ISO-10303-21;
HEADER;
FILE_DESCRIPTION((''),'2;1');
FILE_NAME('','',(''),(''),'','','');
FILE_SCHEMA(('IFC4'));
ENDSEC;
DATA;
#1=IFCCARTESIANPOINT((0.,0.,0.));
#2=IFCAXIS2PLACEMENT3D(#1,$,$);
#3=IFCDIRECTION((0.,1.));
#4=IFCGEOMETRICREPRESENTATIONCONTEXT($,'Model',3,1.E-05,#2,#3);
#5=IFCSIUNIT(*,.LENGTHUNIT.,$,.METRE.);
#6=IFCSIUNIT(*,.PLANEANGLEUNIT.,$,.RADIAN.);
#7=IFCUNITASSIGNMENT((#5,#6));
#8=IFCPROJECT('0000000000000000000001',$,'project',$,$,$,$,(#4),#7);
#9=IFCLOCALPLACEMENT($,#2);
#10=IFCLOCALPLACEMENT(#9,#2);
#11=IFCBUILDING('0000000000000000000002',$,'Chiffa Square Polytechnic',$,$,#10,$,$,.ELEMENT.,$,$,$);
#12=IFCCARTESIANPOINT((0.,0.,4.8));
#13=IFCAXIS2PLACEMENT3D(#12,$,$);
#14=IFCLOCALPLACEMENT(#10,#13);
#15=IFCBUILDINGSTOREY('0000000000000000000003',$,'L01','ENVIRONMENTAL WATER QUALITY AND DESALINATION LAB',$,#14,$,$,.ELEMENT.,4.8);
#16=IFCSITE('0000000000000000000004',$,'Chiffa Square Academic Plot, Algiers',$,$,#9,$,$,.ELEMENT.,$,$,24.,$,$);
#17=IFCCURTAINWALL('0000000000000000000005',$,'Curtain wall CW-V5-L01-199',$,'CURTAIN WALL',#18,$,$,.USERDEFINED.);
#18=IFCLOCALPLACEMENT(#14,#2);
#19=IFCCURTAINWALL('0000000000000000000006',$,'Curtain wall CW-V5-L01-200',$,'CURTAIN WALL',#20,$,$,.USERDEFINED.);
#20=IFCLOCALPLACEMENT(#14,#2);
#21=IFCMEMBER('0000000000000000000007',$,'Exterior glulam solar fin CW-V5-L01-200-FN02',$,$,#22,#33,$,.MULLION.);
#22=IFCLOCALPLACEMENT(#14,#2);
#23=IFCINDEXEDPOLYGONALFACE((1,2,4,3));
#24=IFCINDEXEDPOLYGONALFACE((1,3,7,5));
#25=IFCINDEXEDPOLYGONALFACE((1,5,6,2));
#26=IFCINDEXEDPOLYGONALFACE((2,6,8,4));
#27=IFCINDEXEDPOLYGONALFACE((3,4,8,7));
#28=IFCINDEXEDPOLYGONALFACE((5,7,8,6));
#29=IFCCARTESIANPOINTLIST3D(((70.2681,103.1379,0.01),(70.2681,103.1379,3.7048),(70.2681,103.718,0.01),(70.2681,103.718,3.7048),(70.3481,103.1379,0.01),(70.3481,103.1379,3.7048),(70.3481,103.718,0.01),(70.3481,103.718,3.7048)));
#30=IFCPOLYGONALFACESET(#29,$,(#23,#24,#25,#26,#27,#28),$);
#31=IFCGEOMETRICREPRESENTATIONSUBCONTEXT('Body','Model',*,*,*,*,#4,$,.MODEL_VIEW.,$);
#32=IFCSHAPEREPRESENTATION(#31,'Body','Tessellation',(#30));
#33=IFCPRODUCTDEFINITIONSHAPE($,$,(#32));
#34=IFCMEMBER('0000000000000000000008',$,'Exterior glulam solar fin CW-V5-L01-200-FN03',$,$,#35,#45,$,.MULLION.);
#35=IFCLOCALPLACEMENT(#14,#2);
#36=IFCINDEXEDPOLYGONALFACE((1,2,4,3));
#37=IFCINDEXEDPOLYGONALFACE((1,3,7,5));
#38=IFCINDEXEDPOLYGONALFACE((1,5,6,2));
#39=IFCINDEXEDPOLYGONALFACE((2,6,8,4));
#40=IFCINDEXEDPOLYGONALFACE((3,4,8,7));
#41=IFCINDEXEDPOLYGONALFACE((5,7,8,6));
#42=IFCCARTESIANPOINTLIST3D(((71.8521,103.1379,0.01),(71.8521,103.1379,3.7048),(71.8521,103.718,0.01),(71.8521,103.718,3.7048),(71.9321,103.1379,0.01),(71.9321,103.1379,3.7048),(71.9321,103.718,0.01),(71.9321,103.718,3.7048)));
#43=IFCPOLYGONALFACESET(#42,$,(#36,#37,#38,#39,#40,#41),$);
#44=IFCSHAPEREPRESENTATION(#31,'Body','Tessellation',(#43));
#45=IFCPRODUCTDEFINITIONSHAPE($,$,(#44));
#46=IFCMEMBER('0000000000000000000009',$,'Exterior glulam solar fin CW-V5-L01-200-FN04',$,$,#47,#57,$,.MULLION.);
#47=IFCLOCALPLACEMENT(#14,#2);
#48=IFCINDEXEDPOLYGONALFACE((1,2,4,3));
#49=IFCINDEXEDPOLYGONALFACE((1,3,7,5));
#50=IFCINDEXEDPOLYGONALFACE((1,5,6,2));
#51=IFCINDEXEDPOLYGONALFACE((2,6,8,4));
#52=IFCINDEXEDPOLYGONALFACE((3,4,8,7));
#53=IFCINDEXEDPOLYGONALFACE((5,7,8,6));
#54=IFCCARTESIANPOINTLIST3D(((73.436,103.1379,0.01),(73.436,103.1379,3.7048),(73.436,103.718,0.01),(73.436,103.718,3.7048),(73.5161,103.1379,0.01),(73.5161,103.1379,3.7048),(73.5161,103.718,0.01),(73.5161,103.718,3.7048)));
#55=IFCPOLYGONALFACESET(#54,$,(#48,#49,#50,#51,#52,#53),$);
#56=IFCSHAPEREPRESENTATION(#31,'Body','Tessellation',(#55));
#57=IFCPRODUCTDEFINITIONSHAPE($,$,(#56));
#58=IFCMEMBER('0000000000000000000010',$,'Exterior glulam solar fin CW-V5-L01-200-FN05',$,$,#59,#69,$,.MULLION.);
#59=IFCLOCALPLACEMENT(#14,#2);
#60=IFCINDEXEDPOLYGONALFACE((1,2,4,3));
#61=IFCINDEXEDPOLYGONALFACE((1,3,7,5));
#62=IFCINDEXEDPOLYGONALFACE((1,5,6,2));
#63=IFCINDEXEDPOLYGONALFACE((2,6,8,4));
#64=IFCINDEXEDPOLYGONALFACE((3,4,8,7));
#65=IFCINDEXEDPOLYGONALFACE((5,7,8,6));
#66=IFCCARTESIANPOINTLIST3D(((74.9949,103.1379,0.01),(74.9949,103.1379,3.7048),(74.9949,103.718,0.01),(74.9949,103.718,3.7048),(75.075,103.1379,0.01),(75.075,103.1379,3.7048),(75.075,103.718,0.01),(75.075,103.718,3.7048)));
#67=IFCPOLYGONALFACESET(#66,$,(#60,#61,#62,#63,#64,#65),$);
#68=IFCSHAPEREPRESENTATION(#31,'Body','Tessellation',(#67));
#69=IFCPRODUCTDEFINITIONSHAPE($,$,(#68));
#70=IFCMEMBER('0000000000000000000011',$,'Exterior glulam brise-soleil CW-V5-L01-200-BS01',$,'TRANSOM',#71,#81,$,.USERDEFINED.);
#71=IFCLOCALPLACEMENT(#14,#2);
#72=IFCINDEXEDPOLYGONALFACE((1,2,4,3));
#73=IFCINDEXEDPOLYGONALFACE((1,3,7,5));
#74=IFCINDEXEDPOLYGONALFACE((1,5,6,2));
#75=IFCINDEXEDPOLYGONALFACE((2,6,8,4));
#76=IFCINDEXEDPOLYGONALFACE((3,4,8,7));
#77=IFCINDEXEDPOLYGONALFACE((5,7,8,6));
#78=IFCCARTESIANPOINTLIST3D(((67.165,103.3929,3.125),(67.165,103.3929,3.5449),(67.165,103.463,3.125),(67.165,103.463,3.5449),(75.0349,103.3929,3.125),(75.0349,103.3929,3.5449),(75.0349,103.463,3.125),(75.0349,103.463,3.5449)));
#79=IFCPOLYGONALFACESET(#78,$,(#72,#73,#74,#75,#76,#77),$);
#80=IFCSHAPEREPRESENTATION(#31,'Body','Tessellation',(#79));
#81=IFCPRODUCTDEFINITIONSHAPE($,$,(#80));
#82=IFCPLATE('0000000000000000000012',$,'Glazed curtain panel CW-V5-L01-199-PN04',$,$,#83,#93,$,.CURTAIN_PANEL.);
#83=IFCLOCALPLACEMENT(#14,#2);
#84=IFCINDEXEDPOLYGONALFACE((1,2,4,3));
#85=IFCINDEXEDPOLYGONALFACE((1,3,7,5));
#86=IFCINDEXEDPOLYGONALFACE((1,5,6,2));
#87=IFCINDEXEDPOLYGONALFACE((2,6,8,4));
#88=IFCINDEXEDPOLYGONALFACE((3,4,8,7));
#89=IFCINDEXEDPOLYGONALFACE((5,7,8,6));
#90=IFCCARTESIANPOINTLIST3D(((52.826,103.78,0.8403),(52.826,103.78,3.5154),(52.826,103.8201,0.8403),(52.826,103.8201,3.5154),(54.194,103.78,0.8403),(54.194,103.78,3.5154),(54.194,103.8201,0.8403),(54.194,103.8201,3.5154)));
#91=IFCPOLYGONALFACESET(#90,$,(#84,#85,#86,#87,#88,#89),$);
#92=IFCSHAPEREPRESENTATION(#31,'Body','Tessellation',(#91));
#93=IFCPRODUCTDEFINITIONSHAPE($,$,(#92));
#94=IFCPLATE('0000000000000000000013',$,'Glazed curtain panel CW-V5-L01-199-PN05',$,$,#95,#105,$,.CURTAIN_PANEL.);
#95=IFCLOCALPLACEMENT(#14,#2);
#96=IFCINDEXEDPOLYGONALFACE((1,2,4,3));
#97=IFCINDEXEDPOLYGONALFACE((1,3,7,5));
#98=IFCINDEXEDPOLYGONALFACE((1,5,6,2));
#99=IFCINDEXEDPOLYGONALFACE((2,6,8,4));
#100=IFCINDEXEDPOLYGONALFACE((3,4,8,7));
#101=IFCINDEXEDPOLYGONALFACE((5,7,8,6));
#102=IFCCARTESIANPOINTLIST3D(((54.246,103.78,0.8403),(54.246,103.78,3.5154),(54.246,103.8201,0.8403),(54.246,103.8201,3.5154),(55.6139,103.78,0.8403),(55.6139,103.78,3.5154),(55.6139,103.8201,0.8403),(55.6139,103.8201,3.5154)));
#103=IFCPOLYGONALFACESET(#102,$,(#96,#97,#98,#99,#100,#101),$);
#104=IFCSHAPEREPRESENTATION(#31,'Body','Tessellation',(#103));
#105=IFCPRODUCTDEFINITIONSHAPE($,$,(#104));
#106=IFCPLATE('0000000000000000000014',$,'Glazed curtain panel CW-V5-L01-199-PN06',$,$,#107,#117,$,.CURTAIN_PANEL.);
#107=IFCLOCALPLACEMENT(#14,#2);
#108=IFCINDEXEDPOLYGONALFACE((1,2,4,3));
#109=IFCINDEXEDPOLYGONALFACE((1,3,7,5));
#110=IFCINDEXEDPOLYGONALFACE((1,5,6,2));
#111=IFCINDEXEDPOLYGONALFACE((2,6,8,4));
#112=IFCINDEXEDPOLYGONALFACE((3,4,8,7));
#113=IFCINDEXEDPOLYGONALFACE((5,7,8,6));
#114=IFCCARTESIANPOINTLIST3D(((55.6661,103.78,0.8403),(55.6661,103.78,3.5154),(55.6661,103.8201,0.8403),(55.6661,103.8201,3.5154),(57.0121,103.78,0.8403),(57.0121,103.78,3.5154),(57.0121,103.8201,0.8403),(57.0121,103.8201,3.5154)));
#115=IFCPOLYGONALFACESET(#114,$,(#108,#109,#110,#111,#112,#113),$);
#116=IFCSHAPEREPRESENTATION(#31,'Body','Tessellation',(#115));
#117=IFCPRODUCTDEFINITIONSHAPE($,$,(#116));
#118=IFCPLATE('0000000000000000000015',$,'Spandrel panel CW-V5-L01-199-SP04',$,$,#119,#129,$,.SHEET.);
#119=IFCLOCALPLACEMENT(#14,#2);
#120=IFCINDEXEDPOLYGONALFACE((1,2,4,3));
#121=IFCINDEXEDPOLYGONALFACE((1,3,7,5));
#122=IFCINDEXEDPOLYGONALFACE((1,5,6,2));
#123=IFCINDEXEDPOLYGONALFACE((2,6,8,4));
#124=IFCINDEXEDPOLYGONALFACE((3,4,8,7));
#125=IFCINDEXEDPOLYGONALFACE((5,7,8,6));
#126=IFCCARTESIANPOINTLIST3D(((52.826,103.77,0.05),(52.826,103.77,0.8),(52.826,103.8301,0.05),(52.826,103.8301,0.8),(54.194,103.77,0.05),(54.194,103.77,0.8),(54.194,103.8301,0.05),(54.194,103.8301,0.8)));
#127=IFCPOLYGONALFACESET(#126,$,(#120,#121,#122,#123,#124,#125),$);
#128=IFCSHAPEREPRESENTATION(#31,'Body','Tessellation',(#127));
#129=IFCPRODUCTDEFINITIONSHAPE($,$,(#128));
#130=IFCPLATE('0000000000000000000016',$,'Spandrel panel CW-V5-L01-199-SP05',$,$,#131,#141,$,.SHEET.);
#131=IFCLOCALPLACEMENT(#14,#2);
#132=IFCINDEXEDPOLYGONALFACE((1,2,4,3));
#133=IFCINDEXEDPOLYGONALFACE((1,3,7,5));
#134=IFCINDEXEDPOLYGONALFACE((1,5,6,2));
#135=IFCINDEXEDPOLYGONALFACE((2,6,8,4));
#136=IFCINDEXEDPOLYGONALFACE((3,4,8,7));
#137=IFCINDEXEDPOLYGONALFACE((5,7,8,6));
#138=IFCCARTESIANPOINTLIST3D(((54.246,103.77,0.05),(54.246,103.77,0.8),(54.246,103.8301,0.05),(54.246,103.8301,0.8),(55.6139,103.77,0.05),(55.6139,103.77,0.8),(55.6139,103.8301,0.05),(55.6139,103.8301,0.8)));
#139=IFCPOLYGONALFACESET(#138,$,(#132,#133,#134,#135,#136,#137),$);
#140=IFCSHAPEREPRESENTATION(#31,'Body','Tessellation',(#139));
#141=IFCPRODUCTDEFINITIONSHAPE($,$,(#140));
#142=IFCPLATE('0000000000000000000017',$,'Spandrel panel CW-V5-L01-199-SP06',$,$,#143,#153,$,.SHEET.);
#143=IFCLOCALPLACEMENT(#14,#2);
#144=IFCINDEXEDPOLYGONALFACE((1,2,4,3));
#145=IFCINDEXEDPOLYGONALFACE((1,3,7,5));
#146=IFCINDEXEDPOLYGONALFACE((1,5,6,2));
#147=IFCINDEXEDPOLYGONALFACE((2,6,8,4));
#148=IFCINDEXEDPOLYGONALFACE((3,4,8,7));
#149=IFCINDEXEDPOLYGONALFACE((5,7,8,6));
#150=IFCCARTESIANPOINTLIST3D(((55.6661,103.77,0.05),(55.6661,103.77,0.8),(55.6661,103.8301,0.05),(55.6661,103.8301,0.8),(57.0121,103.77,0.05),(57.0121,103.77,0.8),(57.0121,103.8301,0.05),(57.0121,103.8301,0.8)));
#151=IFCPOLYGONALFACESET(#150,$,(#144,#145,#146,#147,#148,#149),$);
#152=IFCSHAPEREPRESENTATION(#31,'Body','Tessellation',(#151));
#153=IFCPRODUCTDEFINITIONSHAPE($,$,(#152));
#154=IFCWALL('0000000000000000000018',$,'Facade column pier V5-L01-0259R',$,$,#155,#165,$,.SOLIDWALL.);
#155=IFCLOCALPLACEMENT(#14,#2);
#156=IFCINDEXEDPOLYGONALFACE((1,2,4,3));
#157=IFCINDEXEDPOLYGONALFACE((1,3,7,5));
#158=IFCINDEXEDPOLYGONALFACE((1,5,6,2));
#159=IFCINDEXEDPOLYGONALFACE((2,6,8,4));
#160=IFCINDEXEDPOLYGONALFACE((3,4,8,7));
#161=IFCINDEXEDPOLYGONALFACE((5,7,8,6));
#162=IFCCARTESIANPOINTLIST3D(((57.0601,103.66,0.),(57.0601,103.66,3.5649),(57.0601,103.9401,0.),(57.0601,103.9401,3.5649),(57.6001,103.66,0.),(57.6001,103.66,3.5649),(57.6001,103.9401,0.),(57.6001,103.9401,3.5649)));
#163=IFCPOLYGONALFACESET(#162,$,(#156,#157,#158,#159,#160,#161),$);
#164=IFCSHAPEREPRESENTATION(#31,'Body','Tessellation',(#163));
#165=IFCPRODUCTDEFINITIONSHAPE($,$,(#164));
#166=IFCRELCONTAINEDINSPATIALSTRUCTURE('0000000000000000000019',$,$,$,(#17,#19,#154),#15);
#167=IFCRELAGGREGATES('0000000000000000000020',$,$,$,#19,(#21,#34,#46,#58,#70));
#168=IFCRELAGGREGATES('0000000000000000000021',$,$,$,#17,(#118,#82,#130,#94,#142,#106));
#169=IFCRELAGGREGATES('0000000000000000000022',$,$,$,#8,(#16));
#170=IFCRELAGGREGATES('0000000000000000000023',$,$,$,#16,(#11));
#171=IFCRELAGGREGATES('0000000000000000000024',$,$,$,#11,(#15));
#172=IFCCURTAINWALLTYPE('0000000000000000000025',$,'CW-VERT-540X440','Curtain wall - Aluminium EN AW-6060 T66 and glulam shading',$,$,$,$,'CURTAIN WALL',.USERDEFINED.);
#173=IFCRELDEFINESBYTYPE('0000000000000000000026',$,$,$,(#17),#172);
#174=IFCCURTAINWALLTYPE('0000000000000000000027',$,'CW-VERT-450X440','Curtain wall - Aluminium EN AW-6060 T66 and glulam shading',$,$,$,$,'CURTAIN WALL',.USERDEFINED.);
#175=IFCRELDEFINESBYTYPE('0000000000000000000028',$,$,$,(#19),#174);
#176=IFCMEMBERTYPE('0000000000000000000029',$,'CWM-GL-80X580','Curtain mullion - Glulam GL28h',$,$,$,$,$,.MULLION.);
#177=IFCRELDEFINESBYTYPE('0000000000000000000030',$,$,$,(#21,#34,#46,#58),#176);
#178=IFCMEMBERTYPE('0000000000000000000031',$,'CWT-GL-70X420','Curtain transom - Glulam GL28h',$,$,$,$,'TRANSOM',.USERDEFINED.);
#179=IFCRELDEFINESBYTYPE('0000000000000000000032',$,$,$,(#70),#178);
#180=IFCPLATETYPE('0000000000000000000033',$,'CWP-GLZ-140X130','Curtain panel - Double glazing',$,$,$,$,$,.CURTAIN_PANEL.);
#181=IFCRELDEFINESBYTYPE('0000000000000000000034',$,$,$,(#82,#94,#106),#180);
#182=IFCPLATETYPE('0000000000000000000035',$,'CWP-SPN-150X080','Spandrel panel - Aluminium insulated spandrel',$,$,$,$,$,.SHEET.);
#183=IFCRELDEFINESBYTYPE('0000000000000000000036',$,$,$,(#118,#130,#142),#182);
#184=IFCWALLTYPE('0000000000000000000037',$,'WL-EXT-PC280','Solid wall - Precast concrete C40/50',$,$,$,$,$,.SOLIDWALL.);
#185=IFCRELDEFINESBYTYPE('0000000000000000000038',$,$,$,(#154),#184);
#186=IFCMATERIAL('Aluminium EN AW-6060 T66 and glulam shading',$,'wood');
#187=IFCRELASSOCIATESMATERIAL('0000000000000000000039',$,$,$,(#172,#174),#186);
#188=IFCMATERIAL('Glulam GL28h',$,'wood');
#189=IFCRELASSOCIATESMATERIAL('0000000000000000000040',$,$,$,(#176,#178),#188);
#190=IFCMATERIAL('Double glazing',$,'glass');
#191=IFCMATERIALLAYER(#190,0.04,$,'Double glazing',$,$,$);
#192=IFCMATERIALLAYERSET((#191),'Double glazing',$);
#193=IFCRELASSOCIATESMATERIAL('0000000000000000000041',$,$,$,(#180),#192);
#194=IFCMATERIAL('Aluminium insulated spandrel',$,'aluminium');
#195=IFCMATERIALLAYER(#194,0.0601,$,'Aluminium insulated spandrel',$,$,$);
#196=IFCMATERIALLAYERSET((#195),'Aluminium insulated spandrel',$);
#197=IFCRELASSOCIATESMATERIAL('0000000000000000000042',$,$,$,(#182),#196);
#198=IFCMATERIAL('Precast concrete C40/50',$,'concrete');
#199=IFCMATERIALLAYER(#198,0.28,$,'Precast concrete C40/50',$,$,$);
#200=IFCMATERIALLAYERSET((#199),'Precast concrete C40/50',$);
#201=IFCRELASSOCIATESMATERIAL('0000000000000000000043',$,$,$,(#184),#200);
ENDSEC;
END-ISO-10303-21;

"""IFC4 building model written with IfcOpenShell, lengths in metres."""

from ifc_helpers import new_model, si_unit, direction, frame, frame_2d, origin, origin_2d, place, context, subcontext, project, spatial, rectangle, extrude, material, layer, layer_set, material_profile, profile_set, type_object, element, aggregate, save


model = new_model("IFC4")

# Units and contexts
model_context = context("Model", 3, precision=1e-05, world=origin(), true_north=direction((0.0, 1.0)))
body_context = subcontext(model_context, "Body", "Model", "MODEL_VIEW")
ifc_project = project(units=[si_unit("LENGTHUNIT", "METRE"), si_unit("PLANEANGLEUNIT", "RADIAN")], contexts=[model_context])

# Site, building, storey
site_placement = place(None, origin())
site = spatial("IfcSite", under=ifc_project, at=site_placement, Name="Chiffa Square Academic Plot, Algiers", CompositionType="ELEMENT", RefElevation=24.0)
building_placement = place(site_placement, origin())
building = spatial("IfcBuilding", under=site, at=building_placement, Name="Chiffa Square Polytechnic", CompositionType="ELEMENT")
storey_placement = place(building_placement, frame((0.0, 0.0, 4.8)))
storey = spatial("IfcBuildingStorey", under=building, at=storey_placement, Name="L01", Description="ENVIRONMENTAL WATER QUALITY AND DESALINATION LAB", CompositionType="ELEMENT", Elevation=4.8)

# Curtain walls, members
ifc_material_1 = material(Name="Aluminium EN AW-6060 T66 and glulam shading", Category="wood")
curtain_wall_type_1 = type_object("IfcCurtainWallType", Name="CW-VERT-540X440", Description="Curtain wall - Aluminium EN AW-6060 T66 and glulam shading", ElementType="CURTAIN WALL", PredefinedType="USERDEFINED", material=ifc_material_1)
curtain_wall_1_placement = place(storey_placement, origin())
curtain_wall_1 = element("IfcCurtainWall", 1, at=curtain_wall_1_placement, inside=storey, type_object=curtain_wall_type_1, Name="Curtain wall CW-V5-L01-199", ObjectType="CURTAIN WALL", PredefinedType="USERDEFINED")
ifc_material_2 = material(Name="Glulam GL28h", Category="wood")
ifc_material_profile_1 = material_profile(ifc_material_2, rectangle(XDim=0.0801, YDim=0.5801, at=origin_2d()), Name="GL28h 80x580")
ifc_profile_set_1 = profile_set([ifc_material_profile_1], Name="Glulam GL28h")
member_type_1 = type_object("IfcMemberType", Name="CWM-GL-80X580", Description="Curtain mullion - Glulam GL28h", PredefinedType="MULLION", material=ifc_profile_set_1)
curtain_wall_type_2 = type_object("IfcCurtainWallType", Name="CW-VERT-450X440", Description="Curtain wall - Aluminium EN AW-6060 T66 and glulam shading", ElementType="CURTAIN WALL", PredefinedType="USERDEFINED", material=ifc_material_1)
curtain_wall_2_placement = place(storey_placement, origin())
curtain_wall_2 = element("IfcCurtainWall", 2, at=curtain_wall_2_placement, inside=storey, type_object=curtain_wall_type_2, Name="Curtain wall CW-V5-L01-200", ObjectType="CURTAIN WALL", PredefinedType="USERDEFINED")
member_1_placement = place(storey_placement, frame((70.3081, 103.428, 0.01), z_axis=(0.0, 0.0, 1.0), x_axis=(1.0, 0.0, 0.0)))
member_1 = element("IfcMember", 3, at=member_1_placement, type_object=member_type_1, Name="Exterior glulam solar fin CW-V5-L01-200-FN02", PredefinedType="MULLION", context=body_context, shape_type="SweptSolid", body=[
    extrude(rectangle(XDim=0.0801, YDim=0.5801, at=origin_2d()), origin(), (0.0, 0.0, 1.0), 3.6948),
])
member_2_placement = place(storey_placement, frame((71.8921, 103.428, 0.01), z_axis=(0.0, 0.0, 1.0), x_axis=(1.0, 0.0, 0.0)))
member_2 = element("IfcMember", 4, at=member_2_placement, type_object=member_type_1, Name="Exterior glulam solar fin CW-V5-L01-200-FN03", PredefinedType="MULLION", context=body_context, shape_type="SweptSolid", body=[
    extrude(rectangle(XDim=0.0801, YDim=0.5801, at=origin_2d()), origin(), (0.0, 0.0, 1.0), 3.6948),
])
member_3_placement = place(storey_placement, frame((73.4761, 103.428, 0.01), z_axis=(0.0, 0.0, 1.0), x_axis=(1.0, 0.0, 0.0)))
member_3 = element("IfcMember", 5, at=member_3_placement, type_object=member_type_1, Name="Exterior glulam solar fin CW-V5-L01-200-FN04", PredefinedType="MULLION", context=body_context, shape_type="SweptSolid", body=[
    extrude(rectangle(XDim=0.0801, YDim=0.5801, at=origin_2d()), origin(), (0.0, 0.0, 1.0), 3.6948),
])
member_4_placement = place(storey_placement, frame((75.0349, 103.428, 0.01), z_axis=(0.0, 0.0, 1.0), x_axis=(1.0, 0.0, 0.0)))
member_4 = element("IfcMember", 6, at=member_4_placement, type_object=member_type_1, Name="Exterior glulam solar fin CW-V5-L01-200-FN05", PredefinedType="MULLION", context=body_context, shape_type="SweptSolid", body=[
    extrude(rectangle(XDim=0.0801, YDim=0.5801, at=origin_2d()), origin(), (0.0, 0.0, 1.0), 3.6948),
])
ifc_material_profile_2 = material_profile(ifc_material_2, rectangle(XDim=0.0701, YDim=0.4199, at=origin_2d()), Name="GL28h 70x420")
ifc_profile_set_2 = profile_set([ifc_material_profile_2], Name="Glulam GL28h")
member_type_2 = type_object("IfcMemberType", Name="CWT-GL-70X420", Description="Curtain transom - Glulam GL28h", ElementType="TRANSOM", PredefinedType="USERDEFINED", material=ifc_profile_set_2)
member_5_placement = place(storey_placement, frame((67.165, 103.428, 3.335), z_axis=(1.0, 0.0, 0.0), x_axis=(0.0, 1.0, 0.0)))
member_5 = element("IfcMember", 7, at=member_5_placement, type_object=member_type_2, Name="Exterior glulam brise-soleil CW-V5-L01-200-BS01", ObjectType="TRANSOM", PredefinedType="USERDEFINED", context=body_context, shape_type="SweptSolid", body=[
    extrude(rectangle(XDim=0.0701, YDim=0.4199, at=origin_2d()), origin(), (0.0, 0.0, 1.0), 7.8699),
])
aggregate(curtain_wall_2, [member_1, member_2, member_3, member_4, member_5])

# Plates
ifc_material_3 = material(Name="Double glazing", Category="glass")
ifc_layer_1 = layer(ifc_material_3, 0.04, Name="Double glazing")
ifc_layer_set_1 = layer_set([ifc_layer_1], Name="Double glazing")
plate_type_1 = type_object("IfcPlateType", Name="CWP-GLZ-140X130", Description="Curtain panel - Double glazing", PredefinedType="CURTAIN_PANEL", material=ifc_layer_set_1)
plate_1_placement = place(storey_placement, frame((53.51, 103.8, 0.8403), z_axis=(0.0, 0.0, 1.0), x_axis=(1.0, 0.0, 0.0)))
plate_1 = element("IfcPlate", 8, at=plate_1_placement, type_object=plate_type_1, Name="Glazed curtain panel CW-V5-L01-199-PN04", PredefinedType="CURTAIN_PANEL", context=body_context, shape_type="SweptSolid", body=[
    extrude(rectangle(XDim=1.3679, YDim=0.04, at=origin_2d()), origin(), (0.0, 0.0, 1.0), 2.675),
])
plate_2_placement = place(storey_placement, frame((54.9299, 103.8, 0.8403), z_axis=(0.0, 0.0, 1.0), x_axis=(1.0, 0.0, 0.0)))
plate_2 = element("IfcPlate", 9, at=plate_2_placement, type_object=plate_type_1, Name="Glazed curtain panel CW-V5-L01-199-PN05", PredefinedType="CURTAIN_PANEL", context=body_context, shape_type="SweptSolid", body=[
    extrude(rectangle(XDim=1.3679, YDim=0.04, at=origin_2d()), origin(), (0.0, 0.0, 1.0), 2.675),
])
plate_3_placement = place(storey_placement, frame((56.3391, 103.8, 0.8403), z_axis=(0.0, 0.0, 1.0), x_axis=(1.0, 0.0, 0.0)))
plate_3 = element("IfcPlate", 10, at=plate_3_placement, type_object=plate_type_1, Name="Glazed curtain panel CW-V5-L01-199-PN06", PredefinedType="CURTAIN_PANEL", context=body_context, shape_type="SweptSolid", body=[
    extrude(rectangle(XDim=1.3459, YDim=0.04, at=origin_2d()), origin(), (0.0, 0.0, 1.0), 2.675),
])
ifc_material_4 = material(Name="Aluminium insulated spandrel", Category="aluminium")
ifc_layer_2 = layer(ifc_material_4, 0.0601, Name="Aluminium insulated spandrel")
ifc_layer_set_2 = layer_set([ifc_layer_2], Name="Aluminium insulated spandrel")
plate_type_2 = type_object("IfcPlateType", Name="CWP-SPN-150X080", Description="Spandrel panel - Aluminium insulated spandrel", PredefinedType="SHEET", material=ifc_layer_set_2)
plate_4_placement = place(storey_placement, frame((53.51, 103.8, 0.05), z_axis=(0.0, 0.0, 1.0), x_axis=(1.0, 0.0, 0.0)))
plate_4 = element("IfcPlate", 11, at=plate_4_placement, type_object=plate_type_2, Name="Spandrel panel CW-V5-L01-199-SP04", PredefinedType="SHEET", context=body_context, shape_type="SweptSolid", body=[
    extrude(rectangle(XDim=1.3679, YDim=0.0601, at=origin_2d()), origin(), (0.0, 0.0, 1.0), 0.75),
])
plate_5_placement = place(storey_placement, frame((54.9299, 103.8, 0.05), z_axis=(0.0, 0.0, 1.0), x_axis=(1.0, 0.0, 0.0)))
plate_5 = element("IfcPlate", 12, at=plate_5_placement, type_object=plate_type_2, Name="Spandrel panel CW-V5-L01-199-SP05", PredefinedType="SHEET", context=body_context, shape_type="SweptSolid", body=[
    extrude(rectangle(XDim=1.3679, YDim=0.0601, at=origin_2d()), origin(), (0.0, 0.0, 1.0), 0.75),
])
plate_6_placement = place(storey_placement, frame((56.3391, 103.8, 0.05), z_axis=(0.0, 0.0, 1.0), x_axis=(1.0, 0.0, 0.0)))
plate_6 = element("IfcPlate", 13, at=plate_6_placement, type_object=plate_type_2, Name="Spandrel panel CW-V5-L01-199-SP06", PredefinedType="SHEET", context=body_context, shape_type="SweptSolid", body=[
    extrude(rectangle(XDim=1.3459, YDim=0.0601, at=origin_2d()), origin(), (0.0, 0.0, 1.0), 0.75),
])
aggregate(curtain_wall_1, [plate_4, plate_1, plate_5, plate_2, plate_6, plate_3])

# Wall
ifc_material_5 = material(Name="Precast concrete C40/50", Category="concrete")
ifc_layer_3 = layer(ifc_material_5, 0.28, Name="Precast concrete C40/50")
ifc_layer_set_3 = layer_set([ifc_layer_3], Name="Precast concrete C40/50")
wall_type_1 = type_object("IfcWallType", Name="WL-EXT-PC280", Description="Solid wall - Precast concrete C40/50", PredefinedType="SOLIDWALL", material=ifc_layer_set_3)
wall_1_placement = place(storey_placement, frame((57.0601, 103.8, 0.0), z_axis=(0.0, 0.0, 1.0), x_axis=(1.0, 0.0, 0.0)))
element("IfcWall", 14, at=wall_1_placement, inside=storey, type_object=wall_type_1, Name="Facade column pier V5-L01-0259R", PredefinedType="SOLIDWALL", context=body_context, shape_type="SweptSolid", body=[
    extrude(rectangle(XDim=0.54, YDim=0.28, at=frame_2d((0.27, 0.0))), origin(), (0.0, 0.0, 1.0), 3.5649),
])

save(model, "model.ifc")
